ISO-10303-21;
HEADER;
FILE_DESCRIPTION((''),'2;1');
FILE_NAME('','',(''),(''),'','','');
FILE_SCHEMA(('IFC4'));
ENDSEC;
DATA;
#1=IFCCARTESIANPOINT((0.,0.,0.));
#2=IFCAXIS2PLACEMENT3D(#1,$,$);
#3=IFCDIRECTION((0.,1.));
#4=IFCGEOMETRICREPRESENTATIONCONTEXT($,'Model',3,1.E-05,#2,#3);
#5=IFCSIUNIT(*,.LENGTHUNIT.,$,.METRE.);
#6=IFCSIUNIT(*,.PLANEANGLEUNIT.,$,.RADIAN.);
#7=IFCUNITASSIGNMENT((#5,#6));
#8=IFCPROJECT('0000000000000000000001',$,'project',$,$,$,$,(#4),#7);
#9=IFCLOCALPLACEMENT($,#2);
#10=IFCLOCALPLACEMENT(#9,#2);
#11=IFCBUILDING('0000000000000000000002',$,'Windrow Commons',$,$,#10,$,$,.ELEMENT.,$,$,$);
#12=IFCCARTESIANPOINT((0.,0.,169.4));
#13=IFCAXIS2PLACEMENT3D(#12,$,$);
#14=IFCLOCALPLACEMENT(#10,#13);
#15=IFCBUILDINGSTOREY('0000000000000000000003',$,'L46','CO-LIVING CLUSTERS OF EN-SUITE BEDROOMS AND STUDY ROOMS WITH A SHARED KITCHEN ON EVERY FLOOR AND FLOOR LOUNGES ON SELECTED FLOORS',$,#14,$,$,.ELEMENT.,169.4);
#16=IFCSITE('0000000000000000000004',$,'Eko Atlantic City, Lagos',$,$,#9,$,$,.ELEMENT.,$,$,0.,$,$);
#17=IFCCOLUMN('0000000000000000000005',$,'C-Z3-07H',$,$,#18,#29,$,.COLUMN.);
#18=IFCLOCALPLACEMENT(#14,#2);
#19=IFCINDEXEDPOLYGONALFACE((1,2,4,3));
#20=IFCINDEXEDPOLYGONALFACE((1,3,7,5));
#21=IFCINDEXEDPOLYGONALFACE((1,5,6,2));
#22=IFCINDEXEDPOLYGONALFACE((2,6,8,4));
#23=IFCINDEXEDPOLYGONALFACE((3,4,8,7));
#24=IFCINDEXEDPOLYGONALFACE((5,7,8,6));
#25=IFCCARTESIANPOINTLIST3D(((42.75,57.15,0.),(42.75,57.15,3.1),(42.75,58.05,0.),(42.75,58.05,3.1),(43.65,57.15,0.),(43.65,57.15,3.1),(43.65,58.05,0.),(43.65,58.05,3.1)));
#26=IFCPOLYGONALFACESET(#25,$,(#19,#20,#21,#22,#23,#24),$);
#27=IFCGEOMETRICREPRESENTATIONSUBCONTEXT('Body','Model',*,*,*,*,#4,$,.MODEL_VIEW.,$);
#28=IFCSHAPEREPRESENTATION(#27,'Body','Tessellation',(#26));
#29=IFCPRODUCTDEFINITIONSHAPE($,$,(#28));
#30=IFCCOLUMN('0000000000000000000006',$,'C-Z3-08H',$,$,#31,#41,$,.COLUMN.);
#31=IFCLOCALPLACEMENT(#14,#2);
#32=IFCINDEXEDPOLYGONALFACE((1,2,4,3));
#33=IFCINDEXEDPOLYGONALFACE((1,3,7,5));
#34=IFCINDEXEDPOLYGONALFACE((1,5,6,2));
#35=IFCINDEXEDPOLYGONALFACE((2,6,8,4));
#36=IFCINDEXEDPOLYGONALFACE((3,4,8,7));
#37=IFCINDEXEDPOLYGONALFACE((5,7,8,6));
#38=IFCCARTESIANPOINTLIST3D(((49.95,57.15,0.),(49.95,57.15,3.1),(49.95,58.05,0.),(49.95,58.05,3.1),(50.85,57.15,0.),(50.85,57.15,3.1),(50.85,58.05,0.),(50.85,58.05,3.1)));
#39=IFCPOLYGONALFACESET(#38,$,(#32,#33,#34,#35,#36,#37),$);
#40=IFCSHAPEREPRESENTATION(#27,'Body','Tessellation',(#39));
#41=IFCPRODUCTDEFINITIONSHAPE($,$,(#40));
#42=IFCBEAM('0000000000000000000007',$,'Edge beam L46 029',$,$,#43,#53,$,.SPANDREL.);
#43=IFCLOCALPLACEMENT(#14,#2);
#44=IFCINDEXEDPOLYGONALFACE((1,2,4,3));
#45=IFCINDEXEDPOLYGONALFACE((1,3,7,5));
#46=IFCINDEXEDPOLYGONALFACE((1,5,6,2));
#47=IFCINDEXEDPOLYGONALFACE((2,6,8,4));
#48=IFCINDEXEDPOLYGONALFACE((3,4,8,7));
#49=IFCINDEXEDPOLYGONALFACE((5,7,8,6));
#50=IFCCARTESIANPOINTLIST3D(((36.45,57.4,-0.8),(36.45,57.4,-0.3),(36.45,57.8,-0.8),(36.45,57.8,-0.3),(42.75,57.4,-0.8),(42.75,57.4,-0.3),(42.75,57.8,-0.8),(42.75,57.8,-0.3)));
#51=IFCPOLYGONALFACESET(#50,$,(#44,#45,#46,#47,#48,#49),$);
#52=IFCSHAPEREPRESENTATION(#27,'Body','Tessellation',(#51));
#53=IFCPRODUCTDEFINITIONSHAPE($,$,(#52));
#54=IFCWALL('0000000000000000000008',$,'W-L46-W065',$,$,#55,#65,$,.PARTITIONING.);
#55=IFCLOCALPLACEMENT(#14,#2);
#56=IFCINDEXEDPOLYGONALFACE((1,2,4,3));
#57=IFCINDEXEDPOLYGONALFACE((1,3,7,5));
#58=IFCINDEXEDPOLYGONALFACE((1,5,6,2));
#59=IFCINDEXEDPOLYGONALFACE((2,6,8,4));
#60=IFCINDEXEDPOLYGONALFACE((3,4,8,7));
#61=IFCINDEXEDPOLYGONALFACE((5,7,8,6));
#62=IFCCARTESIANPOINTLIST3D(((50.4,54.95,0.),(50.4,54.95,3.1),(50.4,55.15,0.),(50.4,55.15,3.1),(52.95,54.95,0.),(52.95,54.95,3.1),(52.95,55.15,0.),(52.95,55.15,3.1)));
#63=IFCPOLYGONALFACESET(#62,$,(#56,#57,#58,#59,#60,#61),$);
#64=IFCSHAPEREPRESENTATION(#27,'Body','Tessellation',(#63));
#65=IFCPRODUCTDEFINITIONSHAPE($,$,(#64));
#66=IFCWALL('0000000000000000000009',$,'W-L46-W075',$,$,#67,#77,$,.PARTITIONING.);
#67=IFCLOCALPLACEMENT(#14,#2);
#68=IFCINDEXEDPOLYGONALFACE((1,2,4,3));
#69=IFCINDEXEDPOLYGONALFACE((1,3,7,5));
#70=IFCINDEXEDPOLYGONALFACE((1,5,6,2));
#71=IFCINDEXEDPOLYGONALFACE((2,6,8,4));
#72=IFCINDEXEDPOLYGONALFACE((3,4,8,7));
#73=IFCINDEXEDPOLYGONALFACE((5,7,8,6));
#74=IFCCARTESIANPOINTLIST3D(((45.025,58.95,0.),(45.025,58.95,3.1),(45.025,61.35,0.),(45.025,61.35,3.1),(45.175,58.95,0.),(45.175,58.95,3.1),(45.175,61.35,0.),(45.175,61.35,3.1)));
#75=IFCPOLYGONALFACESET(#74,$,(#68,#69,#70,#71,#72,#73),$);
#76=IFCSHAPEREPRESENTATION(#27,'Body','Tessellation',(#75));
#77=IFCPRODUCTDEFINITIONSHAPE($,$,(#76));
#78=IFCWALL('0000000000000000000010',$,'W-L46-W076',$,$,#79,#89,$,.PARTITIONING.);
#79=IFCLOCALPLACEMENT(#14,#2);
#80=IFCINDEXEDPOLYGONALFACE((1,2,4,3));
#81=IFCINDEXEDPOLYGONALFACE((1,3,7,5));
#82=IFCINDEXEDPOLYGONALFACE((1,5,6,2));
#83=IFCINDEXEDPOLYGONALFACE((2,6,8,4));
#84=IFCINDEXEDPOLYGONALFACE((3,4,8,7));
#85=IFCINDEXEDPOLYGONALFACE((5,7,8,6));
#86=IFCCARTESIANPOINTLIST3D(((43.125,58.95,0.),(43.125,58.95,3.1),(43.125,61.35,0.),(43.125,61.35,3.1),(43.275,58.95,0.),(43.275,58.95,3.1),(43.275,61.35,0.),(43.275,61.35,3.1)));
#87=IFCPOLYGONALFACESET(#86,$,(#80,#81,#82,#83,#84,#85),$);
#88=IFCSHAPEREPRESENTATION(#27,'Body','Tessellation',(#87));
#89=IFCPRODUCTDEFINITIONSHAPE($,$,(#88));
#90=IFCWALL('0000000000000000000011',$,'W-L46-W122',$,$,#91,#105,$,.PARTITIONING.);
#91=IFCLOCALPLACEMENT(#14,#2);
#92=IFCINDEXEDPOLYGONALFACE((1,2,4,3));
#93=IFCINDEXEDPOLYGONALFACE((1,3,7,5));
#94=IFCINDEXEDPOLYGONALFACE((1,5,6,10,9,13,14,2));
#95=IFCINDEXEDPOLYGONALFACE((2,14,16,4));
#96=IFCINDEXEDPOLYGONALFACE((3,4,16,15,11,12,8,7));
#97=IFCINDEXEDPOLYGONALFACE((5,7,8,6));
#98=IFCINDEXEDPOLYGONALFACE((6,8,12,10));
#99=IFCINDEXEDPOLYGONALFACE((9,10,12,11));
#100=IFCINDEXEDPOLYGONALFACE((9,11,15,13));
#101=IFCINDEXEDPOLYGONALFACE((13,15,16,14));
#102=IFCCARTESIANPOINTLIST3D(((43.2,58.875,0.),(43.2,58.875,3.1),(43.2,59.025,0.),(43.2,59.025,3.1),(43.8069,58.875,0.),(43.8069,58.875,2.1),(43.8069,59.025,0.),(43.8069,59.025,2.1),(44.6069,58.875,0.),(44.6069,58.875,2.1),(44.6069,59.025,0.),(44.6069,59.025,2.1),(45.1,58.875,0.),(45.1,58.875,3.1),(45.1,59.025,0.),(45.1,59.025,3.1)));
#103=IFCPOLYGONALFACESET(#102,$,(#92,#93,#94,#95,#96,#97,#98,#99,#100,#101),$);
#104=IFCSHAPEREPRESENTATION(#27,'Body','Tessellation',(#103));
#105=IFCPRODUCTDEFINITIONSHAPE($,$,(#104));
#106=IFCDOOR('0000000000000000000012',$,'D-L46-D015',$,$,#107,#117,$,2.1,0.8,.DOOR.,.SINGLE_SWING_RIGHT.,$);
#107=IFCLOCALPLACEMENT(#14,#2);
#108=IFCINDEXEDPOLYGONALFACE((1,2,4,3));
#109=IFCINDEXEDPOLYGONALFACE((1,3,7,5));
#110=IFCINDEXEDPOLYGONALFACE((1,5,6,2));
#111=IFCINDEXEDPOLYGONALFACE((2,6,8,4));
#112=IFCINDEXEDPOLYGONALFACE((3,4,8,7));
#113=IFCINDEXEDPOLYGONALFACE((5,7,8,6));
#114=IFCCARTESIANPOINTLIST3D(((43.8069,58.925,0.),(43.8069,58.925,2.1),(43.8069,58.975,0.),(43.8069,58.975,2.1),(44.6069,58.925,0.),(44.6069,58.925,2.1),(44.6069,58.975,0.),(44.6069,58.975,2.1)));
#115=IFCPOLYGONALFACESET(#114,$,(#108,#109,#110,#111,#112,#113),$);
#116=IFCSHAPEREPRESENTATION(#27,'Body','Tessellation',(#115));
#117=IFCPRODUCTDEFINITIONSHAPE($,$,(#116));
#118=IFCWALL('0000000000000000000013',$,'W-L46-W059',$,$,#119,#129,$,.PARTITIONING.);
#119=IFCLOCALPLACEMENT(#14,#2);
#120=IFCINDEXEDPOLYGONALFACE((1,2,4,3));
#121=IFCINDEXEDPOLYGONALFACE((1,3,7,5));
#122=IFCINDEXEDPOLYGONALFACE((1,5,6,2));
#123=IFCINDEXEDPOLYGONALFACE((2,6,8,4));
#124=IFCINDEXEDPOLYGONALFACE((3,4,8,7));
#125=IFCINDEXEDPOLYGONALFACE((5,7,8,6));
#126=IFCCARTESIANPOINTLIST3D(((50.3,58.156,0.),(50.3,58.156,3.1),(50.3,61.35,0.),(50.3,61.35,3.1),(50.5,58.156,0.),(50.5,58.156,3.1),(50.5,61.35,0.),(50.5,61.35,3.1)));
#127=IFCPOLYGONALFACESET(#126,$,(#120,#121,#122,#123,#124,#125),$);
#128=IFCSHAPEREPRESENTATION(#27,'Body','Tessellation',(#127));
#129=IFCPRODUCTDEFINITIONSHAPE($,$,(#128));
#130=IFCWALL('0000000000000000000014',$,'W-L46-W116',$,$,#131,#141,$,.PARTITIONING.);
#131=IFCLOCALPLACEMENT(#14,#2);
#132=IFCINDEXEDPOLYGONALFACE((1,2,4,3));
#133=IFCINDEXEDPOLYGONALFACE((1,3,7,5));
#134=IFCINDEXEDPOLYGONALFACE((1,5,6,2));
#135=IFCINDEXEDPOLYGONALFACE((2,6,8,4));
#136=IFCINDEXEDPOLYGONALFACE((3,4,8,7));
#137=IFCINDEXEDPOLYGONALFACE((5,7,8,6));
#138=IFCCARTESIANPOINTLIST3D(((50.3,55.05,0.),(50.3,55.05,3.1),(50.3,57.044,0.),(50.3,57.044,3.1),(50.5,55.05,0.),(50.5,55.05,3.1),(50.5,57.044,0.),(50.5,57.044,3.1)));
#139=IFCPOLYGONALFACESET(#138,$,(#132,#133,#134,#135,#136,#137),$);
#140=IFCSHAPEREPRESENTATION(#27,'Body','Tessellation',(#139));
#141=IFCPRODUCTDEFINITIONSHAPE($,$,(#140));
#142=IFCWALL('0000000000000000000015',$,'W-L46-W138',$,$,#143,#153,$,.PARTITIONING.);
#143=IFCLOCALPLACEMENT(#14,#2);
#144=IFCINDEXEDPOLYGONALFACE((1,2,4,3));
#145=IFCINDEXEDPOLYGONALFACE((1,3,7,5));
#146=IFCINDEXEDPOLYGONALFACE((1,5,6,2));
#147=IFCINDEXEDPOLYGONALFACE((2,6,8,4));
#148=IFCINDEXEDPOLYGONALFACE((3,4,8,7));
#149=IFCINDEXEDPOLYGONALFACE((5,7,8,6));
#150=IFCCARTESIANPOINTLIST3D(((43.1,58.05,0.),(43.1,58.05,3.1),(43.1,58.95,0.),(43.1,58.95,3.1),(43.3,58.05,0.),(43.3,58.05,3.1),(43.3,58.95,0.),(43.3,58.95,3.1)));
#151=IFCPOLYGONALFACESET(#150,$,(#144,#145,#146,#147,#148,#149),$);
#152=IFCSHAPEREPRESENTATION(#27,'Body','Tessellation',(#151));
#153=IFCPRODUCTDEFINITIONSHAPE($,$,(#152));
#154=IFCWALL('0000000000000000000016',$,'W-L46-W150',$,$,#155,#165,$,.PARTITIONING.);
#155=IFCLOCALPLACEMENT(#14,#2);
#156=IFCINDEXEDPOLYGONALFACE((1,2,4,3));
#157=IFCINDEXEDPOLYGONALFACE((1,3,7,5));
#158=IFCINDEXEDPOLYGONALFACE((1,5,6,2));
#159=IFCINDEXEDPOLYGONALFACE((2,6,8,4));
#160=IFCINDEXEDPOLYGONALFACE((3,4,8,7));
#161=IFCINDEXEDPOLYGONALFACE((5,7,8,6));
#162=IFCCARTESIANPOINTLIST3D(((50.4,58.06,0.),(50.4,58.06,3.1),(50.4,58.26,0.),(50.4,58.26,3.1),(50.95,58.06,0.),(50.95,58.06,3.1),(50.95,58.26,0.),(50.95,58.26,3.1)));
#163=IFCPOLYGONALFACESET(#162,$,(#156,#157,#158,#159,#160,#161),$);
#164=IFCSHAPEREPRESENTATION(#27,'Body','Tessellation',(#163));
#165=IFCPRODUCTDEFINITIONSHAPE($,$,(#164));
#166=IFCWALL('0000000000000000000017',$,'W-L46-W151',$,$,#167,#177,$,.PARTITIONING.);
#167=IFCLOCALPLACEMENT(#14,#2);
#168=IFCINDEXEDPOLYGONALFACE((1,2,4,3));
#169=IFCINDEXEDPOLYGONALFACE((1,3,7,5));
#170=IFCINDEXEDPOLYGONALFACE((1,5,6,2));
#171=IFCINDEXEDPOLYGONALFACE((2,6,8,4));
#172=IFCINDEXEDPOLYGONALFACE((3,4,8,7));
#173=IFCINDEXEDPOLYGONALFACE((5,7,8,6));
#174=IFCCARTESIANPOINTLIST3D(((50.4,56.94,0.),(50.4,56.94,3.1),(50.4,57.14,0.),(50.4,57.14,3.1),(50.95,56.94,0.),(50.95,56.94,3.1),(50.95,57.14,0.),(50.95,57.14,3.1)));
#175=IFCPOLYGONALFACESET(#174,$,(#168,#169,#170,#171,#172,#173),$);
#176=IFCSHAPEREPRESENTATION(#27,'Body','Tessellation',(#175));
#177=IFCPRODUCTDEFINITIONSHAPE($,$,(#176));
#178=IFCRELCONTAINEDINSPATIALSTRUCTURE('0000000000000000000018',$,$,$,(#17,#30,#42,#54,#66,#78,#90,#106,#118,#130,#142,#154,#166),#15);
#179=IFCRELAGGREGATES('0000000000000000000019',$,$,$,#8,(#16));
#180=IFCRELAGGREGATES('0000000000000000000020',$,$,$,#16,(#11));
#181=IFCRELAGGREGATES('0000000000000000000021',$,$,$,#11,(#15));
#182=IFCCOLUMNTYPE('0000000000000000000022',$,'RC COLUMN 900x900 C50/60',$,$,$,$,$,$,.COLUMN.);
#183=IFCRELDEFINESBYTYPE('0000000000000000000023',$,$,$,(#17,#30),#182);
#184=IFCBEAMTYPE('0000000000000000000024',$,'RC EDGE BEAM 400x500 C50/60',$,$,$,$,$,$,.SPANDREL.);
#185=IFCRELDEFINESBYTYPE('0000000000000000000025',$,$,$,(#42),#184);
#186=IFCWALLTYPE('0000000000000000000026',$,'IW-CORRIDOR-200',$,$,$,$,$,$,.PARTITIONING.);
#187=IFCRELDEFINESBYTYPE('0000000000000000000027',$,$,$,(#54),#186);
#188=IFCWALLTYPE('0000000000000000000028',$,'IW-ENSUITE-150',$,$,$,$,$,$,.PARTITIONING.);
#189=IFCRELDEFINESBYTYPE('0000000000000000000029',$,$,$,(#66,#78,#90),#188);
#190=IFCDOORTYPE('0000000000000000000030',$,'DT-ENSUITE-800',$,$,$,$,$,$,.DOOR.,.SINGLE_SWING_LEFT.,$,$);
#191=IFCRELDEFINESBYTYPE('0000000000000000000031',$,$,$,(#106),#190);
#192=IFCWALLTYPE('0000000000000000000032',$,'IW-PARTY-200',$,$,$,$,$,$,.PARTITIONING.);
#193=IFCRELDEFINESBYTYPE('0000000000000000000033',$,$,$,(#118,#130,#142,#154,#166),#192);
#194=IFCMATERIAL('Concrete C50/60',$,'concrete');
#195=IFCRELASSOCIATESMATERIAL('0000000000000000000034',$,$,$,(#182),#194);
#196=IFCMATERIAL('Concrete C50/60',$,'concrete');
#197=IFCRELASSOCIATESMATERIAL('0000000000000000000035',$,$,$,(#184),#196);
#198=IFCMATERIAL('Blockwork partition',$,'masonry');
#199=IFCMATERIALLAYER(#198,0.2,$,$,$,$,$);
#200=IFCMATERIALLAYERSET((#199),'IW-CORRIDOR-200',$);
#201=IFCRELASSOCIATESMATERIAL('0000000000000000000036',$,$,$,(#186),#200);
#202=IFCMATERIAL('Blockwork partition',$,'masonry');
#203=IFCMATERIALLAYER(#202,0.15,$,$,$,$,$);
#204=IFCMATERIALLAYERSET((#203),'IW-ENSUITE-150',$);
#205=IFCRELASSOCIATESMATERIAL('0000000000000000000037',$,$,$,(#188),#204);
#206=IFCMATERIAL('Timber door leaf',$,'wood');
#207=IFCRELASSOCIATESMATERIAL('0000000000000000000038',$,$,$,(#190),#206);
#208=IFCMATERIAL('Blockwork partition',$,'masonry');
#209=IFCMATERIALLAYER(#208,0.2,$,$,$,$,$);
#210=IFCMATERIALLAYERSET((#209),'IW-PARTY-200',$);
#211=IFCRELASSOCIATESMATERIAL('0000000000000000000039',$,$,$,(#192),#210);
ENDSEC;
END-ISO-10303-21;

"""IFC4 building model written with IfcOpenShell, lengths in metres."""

from ifc_helpers import new_model, si_unit, direction, frame, frame_2d, origin, origin_2d, place, context, subcontext, project, spatial, rectangle, extrude, material, layer, layer_set, material_profile, profile_set, type_object, element, fill, save


model = new_model("IFC4")

# Units and contexts
model_context = context("Model", 3, precision=1e-05, world=origin(), true_north=direction((0.0, 1.0)))
body_context = subcontext(model_context, "Body", "Model", "MODEL_VIEW")
ifc_project = project(units=[si_unit("LENGTHUNIT", "METRE"), si_unit("PLANEANGLEUNIT", "RADIAN")], contexts=[model_context])

# Site, building, storey
site_placement = place(None, origin())
site = spatial("IfcSite", under=ifc_project, at=site_placement, Name="Eko Atlantic City, Lagos", CompositionType="ELEMENT", RefElevation=0.0)
building_placement = place(site_placement, origin())
building = spatial("IfcBuilding", under=site, at=building_placement, Name="Windrow Commons", CompositionType="ELEMENT")
storey_placement = place(building_placement, frame((0.0, 0.0, 169.4)))
storey = spatial("IfcBuildingStorey", under=building, at=storey_placement, Name="L46", Description="CO-LIVING CLUSTERS OF EN-SUITE BEDROOMS AND STUDY ROOMS WITH A SHARED KITCHEN ON EVERY FLOOR AND FLOOR LOUNGES ON SELECTED FLOORS", CompositionType="ELEMENT", Elevation=169.4)

# Columns
ifc_material_1 = material(Name="Concrete C50/60", Category="concrete")
ifc_material_profile_1 = material_profile(ifc_material_1, rectangle(XDim=0.9, YDim=0.9, at=origin_2d()))
ifc_profile_set_1 = profile_set([ifc_material_profile_1], Name="Concrete C50/60")
column_type = type_object("IfcColumnType", Name="RC COLUMN 900x900 C50/60", PredefinedType="COLUMN", material=ifc_profile_set_1)
for number, where, z_axis, x_axis, name in (
    (1, (43.2, 57.6, 0.0), (0.0, 0.0, 1.0), (1.0, 0.0, 0.0), "C-Z3-07H"),
    (2, (50.4, 57.6, 0.0), (0.0, 0.0, 1.0), (1.0, 0.0, 0.0), "C-Z3-08H"),
):
    element("IfcColumn", number, at=place(storey_placement, frame(where, z_axis=z_axis, x_axis=x_axis)), inside=storey, type_object=column_type, Name=name, PredefinedType="COLUMN", context=body_context, shape_type="SweptSolid", body=[
        extrude(rectangle(XDim=0.9, YDim=0.9, at=origin_2d()), origin(), (0.0, 0.0, 1.0), 3.1),
    ])

# Beam
ifc_material_2 = material(Name="Concrete C50/60", Category="concrete")
ifc_material_profile_2 = material_profile(ifc_material_2, rectangle(XDim=0.4, YDim=0.5, at=origin_2d()))
ifc_profile_set_2 = profile_set([ifc_material_profile_2], Name="Concrete C50/60")
beam_type = type_object("IfcBeamType", Name="RC EDGE BEAM 400x500 C50/60", PredefinedType="SPANDREL", material=ifc_profile_set_2)
beam_placement = place(storey_placement, frame((42.75, 57.6, -0.55), z_axis=(-1.0, 0.0, 0.0), x_axis=(0.0, -1.0, 0.0)))
element("IfcBeam", 3, at=beam_placement, inside=storey, type_object=beam_type, Name="Edge beam L46 029", PredefinedType="SPANDREL", context=body_context, shape_type="SweptSolid", body=[
    extrude(rectangle(XDim=0.4, YDim=0.5, at=origin_2d()), origin(), (0.0, 0.0, 1.0), 6.3),
])

# Walls
ifc_material_3 = material(Name="Blockwork partition", Category="masonry")
ifc_layer_1 = layer(ifc_material_3, 0.2)
ifc_layer_set_1 = layer_set([ifc_layer_1], Name="IW-CORRIDOR-200")
wall_type_1 = type_object("IfcWallType", Name="IW-CORRIDOR-200", PredefinedType="PARTITIONING", material=ifc_layer_set_1)
wall_1_placement = place(storey_placement, frame((50.4, 55.05, 0.0), z_axis=(0.0, 0.0, 1.0), x_axis=(1.0, 0.0, 0.0)))
element("IfcWall", 4, at=wall_1_placement, inside=storey, type_object=wall_type_1, Name="W-L46-W065", PredefinedType="PARTITIONING", context=body_context, shape_type="SweptSolid", body=[
    extrude(rectangle(XDim=2.55, YDim=0.2, at=frame_2d((1.275, 0.0))), origin(), (0.0, 0.0, 1.0), 3.1),
])
ifc_material_4 = material(Name="Blockwork partition", Category="masonry")
ifc_layer_2 = layer(ifc_material_4, 0.15)
ifc_layer_set_2 = layer_set([ifc_layer_2], Name="IW-ENSUITE-150")
wall_type_2 = type_object("IfcWallType", Name="IW-ENSUITE-150", PredefinedType="PARTITIONING", material=ifc_layer_set_2)
for number, where, z_axis, x_axis, name in (
    (5, (45.1, 58.95, 0.0), (0.0, 0.0, 1.0), (0.0, 1.0, 0.0), "W-L46-W075"),
    (6, (43.2, 58.95, 0.0), (0.0, 0.0, 1.0), (0.0, 1.0, 0.0), "W-L46-W076"),
):
    element("IfcWall", number, at=place(storey_placement, frame(where, z_axis=z_axis, x_axis=x_axis)), inside=storey, type_object=wall_type_2, Name=name, PredefinedType="PARTITIONING", context=body_context, shape_type="SweptSolid", body=[
        extrude(rectangle(XDim=2.4, YDim=0.15, at=frame_2d((1.2, 0.0))), origin(), (0.0, 0.0, 1.0), 3.1),
    ])

# Wall, opening, door
wall_2_placement = place(storey_placement, frame((43.2, 58.95, 0.0), z_axis=(0.0, 0.0, 1.0), x_axis=(1.0, 0.0, 0.0)))
wall_2 = element("IfcWall", 7, at=wall_2_placement, inside=storey, type_object=wall_type_2, Name="W-L46-W122", PredefinedType="PARTITIONING", context=body_context, shape_type="SweptSolid", body=[
    extrude(rectangle(XDim=1.9, YDim=0.15, at=frame_2d((0.95, 0.0))), origin(), (0.0, 0.0, 1.0), 3.1),
])
opening_placement = place(wall_2_placement, frame((0.6069, 0.0, 0.0)))
opening = element("IfcOpeningElement", 8, at=opening_placement, cuts=wall_2, PredefinedType="OPENING", context=body_context, shape_type="SweptSolid", body=[
    extrude(rectangle(XDim=0.8, YDim=2.1, at=frame_2d((0.4, 1.05))), frame((0.0, 0.085, 0.0), z_axis=(0.0, -1.0, 0.0), x_axis=(1.0, 0.0, 0.0)), (0.0, 0.0, 1.0), 0.17),
])
ifc_material_5 = material(Name="Timber door leaf", Category="wood")
door_type = type_object("IfcDoorType", Name="DT-ENSUITE-800", OperationType="SINGLE_SWING_LEFT", PredefinedType="DOOR", material=ifc_material_5)
door_placement = place(opening_placement, origin())
door = element("IfcDoor", 9, at=door_placement, inside=storey, type_object=door_type, Name="D-L46-D015", OperationType="SINGLE_SWING_RIGHT", OverallHeight=2.1, OverallWidth=0.8, PredefinedType="DOOR", context=body_context, shape_type="SweptSolid", body=[
    extrude(rectangle(XDim=0.8, YDim=2.1, at=frame_2d((0.4, 1.05))), frame((0.0, 0.025, 0.0), z_axis=(0.0, -1.0, 0.0), x_axis=(1.0, 0.0, 0.0)), (0.0, 0.0, 1.0), 0.05),
])
fill(opening, door)

# Walls
ifc_material_6 = material(Name="Blockwork partition", Category="masonry")
ifc_layer_3 = layer(ifc_material_6, 0.2)
ifc_layer_set_3 = layer_set([ifc_layer_3], Name="IW-PARTY-200")
wall_type_3 = type_object("IfcWallType", Name="IW-PARTY-200", PredefinedType="PARTITIONING", material=ifc_layer_set_3)
wall_3_placement = place(storey_placement, frame((50.4, 58.156, 0.0), z_axis=(0.0, 0.0, 1.0), x_axis=(0.0, 1.0, 0.0)))
element("IfcWall", 10, at=wall_3_placement, inside=storey, type_object=wall_type_3, Name="W-L46-W059", PredefinedType="PARTITIONING", context=body_context, shape_type="SweptSolid", body=[
    extrude(rectangle(XDim=3.194, YDim=0.2, at=frame_2d((1.597, 0.0))), origin(), (0.0, 0.0, 1.0), 3.1),
])
wall_4_placement = place(storey_placement, frame((50.4, 55.05, 0.0), z_axis=(0.0, 0.0, 1.0), x_axis=(0.0, 1.0, 0.0)))
element("IfcWall", 11, at=wall_4_placement, inside=storey, type_object=wall_type_3, Name="W-L46-W116", PredefinedType="PARTITIONING", context=body_context, shape_type="SweptSolid", body=[
    extrude(rectangle(XDim=1.994, YDim=0.2, at=frame_2d((0.997, 0.0))), origin(), (0.0, 0.0, 1.0), 3.1),
])
wall_5_placement = place(storey_placement, frame((43.2, 58.05, 0.0), z_axis=(0.0, 0.0, 1.0), x_axis=(0.0, 1.0, 0.0)))
element("IfcWall", 12, at=wall_5_placement, inside=storey, type_object=wall_type_3, Name="W-L46-W138", PredefinedType="PARTITIONING", context=body_context, shape_type="SweptSolid", body=[
    extrude(rectangle(XDim=0.9, YDim=0.2, at=frame_2d((0.45, 0.0))), origin(), (0.0, 0.0, 1.0), 3.1),
])
for number, where, z_axis, x_axis, name in (
    (13, (50.4, 58.16, 0.0), (0.0, 0.0, 1.0), (1.0, 0.0, 0.0), "W-L46-W150"),
    (14, (50.4, 57.04, 0.0), (0.0, 0.0, 1.0), (1.0, 0.0, 0.0), "W-L46-W151"),
):
    element("IfcWall", number, at=place(storey_placement, frame(where, z_axis=z_axis, x_axis=x_axis)), inside=storey, type_object=wall_type_3, Name=name, PredefinedType="PARTITIONING", context=body_context, shape_type="SweptSolid", body=[
        extrude(rectangle(XDim=0.55, YDim=0.2, at=frame_2d((0.275, 0.0))), origin(), (0.0, 0.0, 1.0), 3.1),
    ])

save(model, "model.ifc")
